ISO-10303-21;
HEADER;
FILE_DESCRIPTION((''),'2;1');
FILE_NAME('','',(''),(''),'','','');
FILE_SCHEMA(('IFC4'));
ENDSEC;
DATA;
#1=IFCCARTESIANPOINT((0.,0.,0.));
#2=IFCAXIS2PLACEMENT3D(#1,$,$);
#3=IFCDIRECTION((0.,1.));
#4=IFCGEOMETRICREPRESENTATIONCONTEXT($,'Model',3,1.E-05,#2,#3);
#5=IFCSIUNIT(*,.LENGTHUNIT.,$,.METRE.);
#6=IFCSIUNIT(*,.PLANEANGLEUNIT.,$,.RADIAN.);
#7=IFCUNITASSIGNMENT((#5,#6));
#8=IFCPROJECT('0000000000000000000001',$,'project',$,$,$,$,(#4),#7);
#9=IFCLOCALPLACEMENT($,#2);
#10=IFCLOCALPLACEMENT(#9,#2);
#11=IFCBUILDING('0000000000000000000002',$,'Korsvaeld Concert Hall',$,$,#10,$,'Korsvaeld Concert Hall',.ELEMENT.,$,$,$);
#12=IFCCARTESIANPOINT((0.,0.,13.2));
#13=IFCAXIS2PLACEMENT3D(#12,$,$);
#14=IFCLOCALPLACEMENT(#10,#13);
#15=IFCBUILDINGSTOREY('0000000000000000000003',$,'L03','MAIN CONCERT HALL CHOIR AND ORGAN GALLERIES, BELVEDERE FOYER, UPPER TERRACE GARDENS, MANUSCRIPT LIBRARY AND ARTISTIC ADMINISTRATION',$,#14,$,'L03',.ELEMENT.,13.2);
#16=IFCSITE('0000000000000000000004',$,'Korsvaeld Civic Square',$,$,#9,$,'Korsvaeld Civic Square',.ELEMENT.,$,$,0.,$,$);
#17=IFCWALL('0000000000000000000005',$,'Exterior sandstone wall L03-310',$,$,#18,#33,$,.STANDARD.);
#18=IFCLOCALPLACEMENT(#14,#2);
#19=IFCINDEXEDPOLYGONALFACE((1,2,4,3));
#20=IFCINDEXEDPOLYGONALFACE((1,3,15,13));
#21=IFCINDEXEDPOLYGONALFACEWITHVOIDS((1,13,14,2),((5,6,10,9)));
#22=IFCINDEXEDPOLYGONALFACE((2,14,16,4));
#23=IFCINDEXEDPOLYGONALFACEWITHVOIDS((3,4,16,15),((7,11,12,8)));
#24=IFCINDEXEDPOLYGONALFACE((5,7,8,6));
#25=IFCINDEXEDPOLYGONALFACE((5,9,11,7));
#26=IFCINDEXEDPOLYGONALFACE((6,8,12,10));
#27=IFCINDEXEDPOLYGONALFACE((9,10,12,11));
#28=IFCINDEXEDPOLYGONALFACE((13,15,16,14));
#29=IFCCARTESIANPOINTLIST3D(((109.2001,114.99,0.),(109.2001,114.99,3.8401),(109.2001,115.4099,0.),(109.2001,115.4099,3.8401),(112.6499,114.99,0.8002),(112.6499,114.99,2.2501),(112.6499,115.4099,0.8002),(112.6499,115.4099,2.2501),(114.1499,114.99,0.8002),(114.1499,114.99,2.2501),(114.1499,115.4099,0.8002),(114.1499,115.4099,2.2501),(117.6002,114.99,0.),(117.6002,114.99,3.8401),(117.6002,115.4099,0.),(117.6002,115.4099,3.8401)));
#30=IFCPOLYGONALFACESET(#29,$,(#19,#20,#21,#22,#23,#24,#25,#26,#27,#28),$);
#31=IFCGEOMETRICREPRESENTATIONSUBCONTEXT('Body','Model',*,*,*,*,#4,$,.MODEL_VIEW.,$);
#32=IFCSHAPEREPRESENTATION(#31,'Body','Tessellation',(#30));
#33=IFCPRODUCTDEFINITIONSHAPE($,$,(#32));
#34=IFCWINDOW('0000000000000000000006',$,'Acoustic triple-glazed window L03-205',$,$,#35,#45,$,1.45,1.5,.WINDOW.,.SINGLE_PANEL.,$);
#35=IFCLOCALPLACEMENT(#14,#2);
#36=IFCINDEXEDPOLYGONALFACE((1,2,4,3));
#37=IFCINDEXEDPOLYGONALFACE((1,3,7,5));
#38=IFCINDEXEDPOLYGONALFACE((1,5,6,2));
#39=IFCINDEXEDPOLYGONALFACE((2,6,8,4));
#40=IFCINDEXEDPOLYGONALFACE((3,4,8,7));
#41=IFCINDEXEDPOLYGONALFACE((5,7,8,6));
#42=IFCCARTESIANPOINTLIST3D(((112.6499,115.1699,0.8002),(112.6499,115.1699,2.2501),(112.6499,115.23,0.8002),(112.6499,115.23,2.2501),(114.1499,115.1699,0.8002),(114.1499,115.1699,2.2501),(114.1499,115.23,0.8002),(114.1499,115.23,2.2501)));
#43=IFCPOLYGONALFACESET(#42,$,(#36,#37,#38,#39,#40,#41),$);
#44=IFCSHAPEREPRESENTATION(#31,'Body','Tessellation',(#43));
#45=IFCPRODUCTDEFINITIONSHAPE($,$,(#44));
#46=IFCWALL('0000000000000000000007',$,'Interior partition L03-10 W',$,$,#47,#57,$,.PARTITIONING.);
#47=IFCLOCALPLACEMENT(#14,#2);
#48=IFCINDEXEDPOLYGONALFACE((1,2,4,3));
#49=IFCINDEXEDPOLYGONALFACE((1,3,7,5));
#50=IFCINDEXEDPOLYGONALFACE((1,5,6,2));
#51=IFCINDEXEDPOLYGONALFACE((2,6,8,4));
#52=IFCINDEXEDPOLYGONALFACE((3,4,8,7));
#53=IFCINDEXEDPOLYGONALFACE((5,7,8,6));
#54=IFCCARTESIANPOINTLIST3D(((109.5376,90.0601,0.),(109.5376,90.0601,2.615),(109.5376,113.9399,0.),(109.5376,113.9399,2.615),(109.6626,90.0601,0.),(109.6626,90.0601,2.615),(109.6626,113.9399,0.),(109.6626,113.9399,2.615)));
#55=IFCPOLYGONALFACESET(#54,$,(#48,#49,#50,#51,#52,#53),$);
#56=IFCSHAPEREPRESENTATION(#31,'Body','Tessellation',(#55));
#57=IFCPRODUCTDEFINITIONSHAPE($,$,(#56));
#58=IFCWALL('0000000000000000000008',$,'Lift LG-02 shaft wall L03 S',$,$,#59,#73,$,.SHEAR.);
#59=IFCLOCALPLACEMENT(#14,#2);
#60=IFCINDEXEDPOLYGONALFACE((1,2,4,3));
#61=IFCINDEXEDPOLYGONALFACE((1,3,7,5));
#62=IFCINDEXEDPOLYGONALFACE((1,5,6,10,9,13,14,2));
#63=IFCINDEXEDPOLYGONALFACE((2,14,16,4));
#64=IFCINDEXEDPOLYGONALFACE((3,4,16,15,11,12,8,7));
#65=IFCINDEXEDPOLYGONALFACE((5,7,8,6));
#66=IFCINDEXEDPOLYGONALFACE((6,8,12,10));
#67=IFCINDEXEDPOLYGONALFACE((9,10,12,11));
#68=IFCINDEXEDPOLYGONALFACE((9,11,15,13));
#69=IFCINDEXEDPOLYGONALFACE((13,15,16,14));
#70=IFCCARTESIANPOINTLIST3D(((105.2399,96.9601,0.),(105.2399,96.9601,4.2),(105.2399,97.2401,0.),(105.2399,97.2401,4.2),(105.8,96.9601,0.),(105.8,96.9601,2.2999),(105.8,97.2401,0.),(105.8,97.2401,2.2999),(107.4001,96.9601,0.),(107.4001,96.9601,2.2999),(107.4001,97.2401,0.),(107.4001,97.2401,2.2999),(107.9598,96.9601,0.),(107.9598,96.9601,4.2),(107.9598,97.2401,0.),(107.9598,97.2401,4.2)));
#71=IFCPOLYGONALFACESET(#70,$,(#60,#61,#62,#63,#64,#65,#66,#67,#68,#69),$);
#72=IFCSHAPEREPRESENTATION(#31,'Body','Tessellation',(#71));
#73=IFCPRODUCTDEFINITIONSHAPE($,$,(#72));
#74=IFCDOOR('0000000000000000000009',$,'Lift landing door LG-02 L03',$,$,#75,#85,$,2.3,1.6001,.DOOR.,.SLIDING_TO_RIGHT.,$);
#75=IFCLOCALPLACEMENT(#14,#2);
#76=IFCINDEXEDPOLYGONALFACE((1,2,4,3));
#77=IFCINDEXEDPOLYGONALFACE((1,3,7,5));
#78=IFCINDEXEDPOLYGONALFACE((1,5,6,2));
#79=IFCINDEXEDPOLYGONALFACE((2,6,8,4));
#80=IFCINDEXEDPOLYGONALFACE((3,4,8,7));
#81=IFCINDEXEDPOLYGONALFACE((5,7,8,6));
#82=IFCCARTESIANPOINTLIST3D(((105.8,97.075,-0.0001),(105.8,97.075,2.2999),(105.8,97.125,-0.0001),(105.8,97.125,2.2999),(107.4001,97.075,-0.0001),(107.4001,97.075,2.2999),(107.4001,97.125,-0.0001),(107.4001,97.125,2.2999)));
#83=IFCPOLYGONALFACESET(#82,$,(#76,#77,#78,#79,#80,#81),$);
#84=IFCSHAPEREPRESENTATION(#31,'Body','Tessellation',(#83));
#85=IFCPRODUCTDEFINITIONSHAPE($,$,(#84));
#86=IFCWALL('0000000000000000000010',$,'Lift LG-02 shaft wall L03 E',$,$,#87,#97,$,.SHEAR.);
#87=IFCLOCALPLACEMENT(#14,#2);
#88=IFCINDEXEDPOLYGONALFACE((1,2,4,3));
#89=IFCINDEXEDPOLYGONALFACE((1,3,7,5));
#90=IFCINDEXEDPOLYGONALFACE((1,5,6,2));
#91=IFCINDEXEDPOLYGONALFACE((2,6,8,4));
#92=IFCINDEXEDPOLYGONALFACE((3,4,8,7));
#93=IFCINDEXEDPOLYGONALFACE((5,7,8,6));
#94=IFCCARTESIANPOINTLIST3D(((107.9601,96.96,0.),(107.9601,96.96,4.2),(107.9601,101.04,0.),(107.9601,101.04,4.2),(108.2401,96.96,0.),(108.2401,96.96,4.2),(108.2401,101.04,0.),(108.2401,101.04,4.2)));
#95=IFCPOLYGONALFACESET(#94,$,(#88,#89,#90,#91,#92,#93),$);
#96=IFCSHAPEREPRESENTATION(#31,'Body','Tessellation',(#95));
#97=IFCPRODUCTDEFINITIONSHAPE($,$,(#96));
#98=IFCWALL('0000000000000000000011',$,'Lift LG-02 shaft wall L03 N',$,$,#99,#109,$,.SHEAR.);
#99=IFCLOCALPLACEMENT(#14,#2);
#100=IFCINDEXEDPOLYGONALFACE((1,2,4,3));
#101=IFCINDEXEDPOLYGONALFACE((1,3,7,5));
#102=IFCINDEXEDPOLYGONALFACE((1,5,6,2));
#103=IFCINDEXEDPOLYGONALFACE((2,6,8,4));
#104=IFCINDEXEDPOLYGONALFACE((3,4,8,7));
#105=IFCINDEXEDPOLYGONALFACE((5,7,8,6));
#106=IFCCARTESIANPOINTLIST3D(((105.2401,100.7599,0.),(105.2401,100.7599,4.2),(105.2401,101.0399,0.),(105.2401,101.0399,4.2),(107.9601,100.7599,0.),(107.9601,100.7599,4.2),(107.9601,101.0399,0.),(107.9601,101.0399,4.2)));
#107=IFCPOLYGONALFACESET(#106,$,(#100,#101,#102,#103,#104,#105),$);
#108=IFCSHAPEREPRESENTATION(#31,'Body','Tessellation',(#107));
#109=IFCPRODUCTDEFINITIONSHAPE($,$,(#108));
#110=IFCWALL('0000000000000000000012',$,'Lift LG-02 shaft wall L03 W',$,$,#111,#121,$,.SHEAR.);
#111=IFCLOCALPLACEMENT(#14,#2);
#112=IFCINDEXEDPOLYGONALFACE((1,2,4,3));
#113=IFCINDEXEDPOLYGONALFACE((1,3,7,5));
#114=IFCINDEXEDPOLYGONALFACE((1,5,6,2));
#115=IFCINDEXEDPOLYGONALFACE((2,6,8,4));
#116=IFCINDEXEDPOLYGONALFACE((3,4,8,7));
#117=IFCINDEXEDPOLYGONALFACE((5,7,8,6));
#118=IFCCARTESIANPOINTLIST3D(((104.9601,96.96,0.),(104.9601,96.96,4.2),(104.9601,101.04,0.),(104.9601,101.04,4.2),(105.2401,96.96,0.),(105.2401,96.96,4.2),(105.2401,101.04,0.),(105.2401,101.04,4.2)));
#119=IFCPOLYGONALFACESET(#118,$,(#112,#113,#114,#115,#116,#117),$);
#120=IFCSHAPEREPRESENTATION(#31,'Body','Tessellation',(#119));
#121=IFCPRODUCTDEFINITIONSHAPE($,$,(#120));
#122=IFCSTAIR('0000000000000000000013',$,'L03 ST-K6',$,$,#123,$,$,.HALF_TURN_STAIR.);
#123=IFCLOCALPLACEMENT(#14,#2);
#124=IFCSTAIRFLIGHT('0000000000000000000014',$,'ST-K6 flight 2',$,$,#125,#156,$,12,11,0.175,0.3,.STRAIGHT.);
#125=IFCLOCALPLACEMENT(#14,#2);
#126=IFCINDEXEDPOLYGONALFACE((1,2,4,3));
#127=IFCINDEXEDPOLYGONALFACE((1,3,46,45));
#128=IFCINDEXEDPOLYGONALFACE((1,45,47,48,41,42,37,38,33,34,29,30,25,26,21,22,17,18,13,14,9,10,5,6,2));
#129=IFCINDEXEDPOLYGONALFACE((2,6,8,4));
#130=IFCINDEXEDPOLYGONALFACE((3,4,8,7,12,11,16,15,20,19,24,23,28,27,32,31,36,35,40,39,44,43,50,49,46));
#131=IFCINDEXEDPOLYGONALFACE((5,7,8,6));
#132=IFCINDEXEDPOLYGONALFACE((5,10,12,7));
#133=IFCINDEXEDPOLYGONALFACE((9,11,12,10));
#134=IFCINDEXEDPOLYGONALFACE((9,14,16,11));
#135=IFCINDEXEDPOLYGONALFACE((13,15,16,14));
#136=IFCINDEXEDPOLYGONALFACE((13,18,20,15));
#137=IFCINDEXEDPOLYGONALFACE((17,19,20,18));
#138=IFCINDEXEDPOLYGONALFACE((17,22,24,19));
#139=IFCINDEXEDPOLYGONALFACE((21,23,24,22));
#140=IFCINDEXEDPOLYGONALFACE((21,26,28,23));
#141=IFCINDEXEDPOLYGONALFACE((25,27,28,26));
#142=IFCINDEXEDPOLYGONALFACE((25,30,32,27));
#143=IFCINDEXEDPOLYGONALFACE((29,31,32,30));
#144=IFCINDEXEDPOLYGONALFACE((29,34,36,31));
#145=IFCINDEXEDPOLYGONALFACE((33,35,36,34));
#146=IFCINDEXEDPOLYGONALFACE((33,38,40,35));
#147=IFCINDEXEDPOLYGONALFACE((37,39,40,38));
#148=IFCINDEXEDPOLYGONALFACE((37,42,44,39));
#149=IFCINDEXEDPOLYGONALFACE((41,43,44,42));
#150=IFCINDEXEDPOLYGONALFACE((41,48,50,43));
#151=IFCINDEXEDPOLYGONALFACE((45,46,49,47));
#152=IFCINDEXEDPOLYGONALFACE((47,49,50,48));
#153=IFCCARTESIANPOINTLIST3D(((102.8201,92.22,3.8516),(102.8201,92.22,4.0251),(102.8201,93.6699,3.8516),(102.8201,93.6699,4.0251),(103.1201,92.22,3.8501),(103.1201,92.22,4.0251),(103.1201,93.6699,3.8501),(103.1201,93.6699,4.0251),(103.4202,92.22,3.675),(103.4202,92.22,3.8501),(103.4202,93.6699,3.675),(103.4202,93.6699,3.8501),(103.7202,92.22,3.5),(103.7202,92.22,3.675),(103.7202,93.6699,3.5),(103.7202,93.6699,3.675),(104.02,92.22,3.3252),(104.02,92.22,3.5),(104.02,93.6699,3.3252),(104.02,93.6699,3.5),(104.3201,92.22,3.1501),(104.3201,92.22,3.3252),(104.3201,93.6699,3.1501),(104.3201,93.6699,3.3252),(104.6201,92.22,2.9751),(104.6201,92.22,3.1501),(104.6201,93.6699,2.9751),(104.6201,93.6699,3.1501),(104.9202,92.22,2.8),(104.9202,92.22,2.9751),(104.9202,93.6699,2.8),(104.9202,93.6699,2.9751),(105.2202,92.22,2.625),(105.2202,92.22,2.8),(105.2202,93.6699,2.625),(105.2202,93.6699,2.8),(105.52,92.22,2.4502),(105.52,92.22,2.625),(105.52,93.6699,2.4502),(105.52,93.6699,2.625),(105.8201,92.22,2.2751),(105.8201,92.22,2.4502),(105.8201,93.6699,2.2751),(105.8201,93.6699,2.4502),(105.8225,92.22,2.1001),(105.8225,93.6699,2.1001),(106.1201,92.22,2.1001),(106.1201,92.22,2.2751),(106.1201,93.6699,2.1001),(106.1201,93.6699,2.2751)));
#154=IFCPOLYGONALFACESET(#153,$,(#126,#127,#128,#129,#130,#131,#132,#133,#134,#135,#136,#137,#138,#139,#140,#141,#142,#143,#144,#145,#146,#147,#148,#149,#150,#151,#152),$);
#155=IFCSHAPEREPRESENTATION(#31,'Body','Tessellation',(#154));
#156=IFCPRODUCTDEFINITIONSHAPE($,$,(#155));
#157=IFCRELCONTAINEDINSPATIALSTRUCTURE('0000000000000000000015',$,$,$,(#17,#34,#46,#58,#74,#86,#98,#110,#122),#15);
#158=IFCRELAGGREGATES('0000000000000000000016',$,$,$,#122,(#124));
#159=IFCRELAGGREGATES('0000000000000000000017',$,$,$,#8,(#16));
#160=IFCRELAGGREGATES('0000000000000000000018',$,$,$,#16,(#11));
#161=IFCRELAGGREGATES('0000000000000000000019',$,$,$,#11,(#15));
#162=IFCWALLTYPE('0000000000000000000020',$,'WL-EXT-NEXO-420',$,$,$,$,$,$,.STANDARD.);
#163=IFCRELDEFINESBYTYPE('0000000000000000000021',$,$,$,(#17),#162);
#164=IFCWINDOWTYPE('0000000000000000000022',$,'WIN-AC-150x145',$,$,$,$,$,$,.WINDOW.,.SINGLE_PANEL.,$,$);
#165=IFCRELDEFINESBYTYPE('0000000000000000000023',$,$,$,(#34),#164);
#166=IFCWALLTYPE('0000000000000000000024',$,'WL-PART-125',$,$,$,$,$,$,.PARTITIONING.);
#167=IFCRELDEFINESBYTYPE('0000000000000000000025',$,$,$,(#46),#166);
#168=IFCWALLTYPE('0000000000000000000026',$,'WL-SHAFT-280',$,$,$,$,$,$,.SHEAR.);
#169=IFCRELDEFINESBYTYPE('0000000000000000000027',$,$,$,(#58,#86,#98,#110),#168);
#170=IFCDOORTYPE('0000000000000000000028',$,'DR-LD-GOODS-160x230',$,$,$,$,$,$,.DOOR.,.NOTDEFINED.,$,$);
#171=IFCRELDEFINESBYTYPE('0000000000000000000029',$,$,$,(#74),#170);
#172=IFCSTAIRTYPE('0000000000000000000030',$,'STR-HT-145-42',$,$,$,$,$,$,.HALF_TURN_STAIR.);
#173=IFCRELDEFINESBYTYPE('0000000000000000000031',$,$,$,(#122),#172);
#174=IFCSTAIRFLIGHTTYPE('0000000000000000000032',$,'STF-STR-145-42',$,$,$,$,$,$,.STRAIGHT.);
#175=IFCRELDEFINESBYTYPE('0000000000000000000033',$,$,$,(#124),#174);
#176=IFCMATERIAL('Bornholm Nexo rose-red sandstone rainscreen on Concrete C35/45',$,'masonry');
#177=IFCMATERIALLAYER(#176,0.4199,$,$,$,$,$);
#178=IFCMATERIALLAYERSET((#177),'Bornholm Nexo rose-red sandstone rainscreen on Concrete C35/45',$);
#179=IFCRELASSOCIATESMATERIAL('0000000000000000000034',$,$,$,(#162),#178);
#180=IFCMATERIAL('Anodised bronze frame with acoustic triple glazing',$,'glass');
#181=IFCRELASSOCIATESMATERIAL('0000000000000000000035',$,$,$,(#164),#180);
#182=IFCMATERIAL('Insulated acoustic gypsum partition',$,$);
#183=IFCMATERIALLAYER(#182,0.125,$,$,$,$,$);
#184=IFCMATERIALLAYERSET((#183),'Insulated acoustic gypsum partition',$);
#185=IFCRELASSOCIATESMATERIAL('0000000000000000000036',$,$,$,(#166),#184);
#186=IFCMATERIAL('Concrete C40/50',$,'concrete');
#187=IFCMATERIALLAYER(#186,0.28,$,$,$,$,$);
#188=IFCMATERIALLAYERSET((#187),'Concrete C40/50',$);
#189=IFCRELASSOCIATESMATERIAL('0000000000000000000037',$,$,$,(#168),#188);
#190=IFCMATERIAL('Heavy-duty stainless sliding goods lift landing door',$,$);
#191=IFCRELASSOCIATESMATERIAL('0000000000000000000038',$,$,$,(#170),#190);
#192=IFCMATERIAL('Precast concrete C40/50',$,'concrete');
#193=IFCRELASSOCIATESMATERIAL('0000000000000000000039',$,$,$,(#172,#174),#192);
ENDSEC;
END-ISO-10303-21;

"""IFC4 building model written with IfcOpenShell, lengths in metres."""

from ifc_helpers import new_model, si_unit, direction, frame, frame_2d, origin, place, context, subcontext, project, spatial, polyline, rectangle, outline, extrude, material, layer, layer_set, type_object, element, fill, aggregate, save


model = new_model("IFC4")

# Units and contexts
model_context = context("Model", 3, precision=1e-05, world=origin(), true_north=direction((0.0, 1.0)))
body_context = subcontext(model_context, "Body", "Model", "MODEL_VIEW")
ifc_project = project(units=[si_unit("LENGTHUNIT", "METRE"), si_unit("PLANEANGLEUNIT", "RADIAN")], contexts=[model_context])

# Site, building, storey
site_placement = place(None, origin())
site = spatial("IfcSite", under=ifc_project, at=site_placement, Name="Korsvaeld Civic Square", LongName="Korsvaeld Civic Square", CompositionType="ELEMENT", RefElevation=0.0)
building_placement = place(site_placement, origin())
building = spatial("IfcBuilding", under=site, at=building_placement, Name="Korsvaeld Concert Hall", LongName="Korsvaeld Concert Hall", CompositionType="ELEMENT")
storey_placement = place(building_placement, frame((0.0, 0.0, 13.2)))
storey = spatial("IfcBuildingStorey", under=building, at=storey_placement, Name="L03", Description="MAIN CONCERT HALL CHOIR AND ORGAN GALLERIES, BELVEDERE FOYER, UPPER TERRACE GARDENS, MANUSCRIPT LIBRARY AND ARTISTIC ADMINISTRATION", LongName="L03", CompositionType="ELEMENT", Elevation=13.2)

# Shared definitions
ifc_material_1 = material(Name="Concrete C40/50", Category="concrete")

# Wall, opening, window
ifc_material_2 = material(Name="Bornholm Nexo rose-red sandstone rainscreen on Concrete C35/45", Category="masonry")
ifc_layer_1 = layer(ifc_material_2, 0.4199)
ifc_layer_set_1 = layer_set([ifc_layer_1], Name="Bornholm Nexo rose-red sandstone rainscreen on Concrete C35/45")
wall_type_1 = type_object("IfcWallType", Name="WL-EXT-NEXO-420", PredefinedType="STANDARD", material=ifc_layer_set_1)
wall_1_placement = place(storey_placement, frame((109.2, 115.2, 0.0), z_axis=(0.0, 0.0, 1.0), x_axis=(1.0, 0.0, 0.0)))
wall_1 = element("IfcWall", 1, at=wall_1_placement, inside=storey, type_object=wall_type_1, Name="Exterior sandstone wall L03-310", PredefinedType="STANDARD", context=body_context, shape_type="SweptSolid", body=[
    extrude(rectangle(XDim=8.4001, YDim=0.4199, at=frame_2d((4.2002, 0.0))), origin(), (0.0, 0.0, 1.0), 3.8401),
])
opening_1_placement = place(wall_1_placement, frame((3.45, 0.0, 0.8)))
opening_1 = element("IfcOpeningElement", 2, at=opening_1_placement, cuts=wall_1, PredefinedType="OPENING", context=body_context, shape_type="SweptSolid", body=[
    extrude(rectangle(XDim=1.5, YDim=1.45, at=frame_2d((0.75, 0.7251))), frame((0.0, 0.22, 0.0), z_axis=(0.0, -1.0, 0.0), x_axis=(1.0, 0.0, 0.0)), (0.0, 0.0, 1.0), 0.4399),
])
ifc_material_3 = material(Name="Anodised bronze frame with acoustic triple glazing", Category="glass")
window_type = type_object("IfcWindowType", Name="WIN-AC-150x145", PartitioningType="SINGLE_PANEL", PredefinedType="WINDOW", material=ifc_material_3)
window_placement = place(opening_1_placement, origin())
window = element("IfcWindow", 3, at=window_placement, inside=storey, type_object=window_type, Name="Acoustic triple-glazed window L03-205", OverallHeight=1.45, OverallWidth=1.5, PartitioningType="SINGLE_PANEL", PredefinedType="WINDOW", context=body_context, shape_type="SweptSolid", body=[
    extrude(rectangle(XDim=1.5, YDim=1.45, at=frame_2d((0.75, 0.7251))), frame((0.0, 0.03, 0.0), z_axis=(0.0, -1.0, 0.0), x_axis=(1.0, 0.0, 0.0)), (0.0, 0.0, 1.0), 0.0601),
])
fill(opening_1, window)

# Wall
ifc_material_4 = material(Name="Insulated acoustic gypsum partition")
ifc_layer_2 = layer(ifc_material_4, 0.125)
ifc_layer_set_2 = layer_set([ifc_layer_2], Name="Insulated acoustic gypsum partition")
wall_type_2 = type_object("IfcWallType", Name="WL-PART-125", PredefinedType="PARTITIONING", material=ifc_layer_set_2)
wall_2_placement = place(storey_placement, frame((109.6001, 113.9399, 0.0), z_axis=(0.0, 0.0, 1.0), x_axis=(0.0, -1.0, 0.0)))
element("IfcWall", 4, at=wall_2_placement, inside=storey, type_object=wall_type_2, Name="Interior partition L03-10 W", PredefinedType="PARTITIONING", context=body_context, shape_type="SweptSolid", body=[
    extrude(rectangle(XDim=23.8799, YDim=0.125, at=frame_2d((11.9399, 0.0))), origin(), (0.0, 0.0, 1.0), 2.615),
])

# Wall, opening, door
ifc_layer_3 = layer(ifc_material_1, 0.28)
ifc_layer_set_3 = layer_set([ifc_layer_3], Name="Concrete C40/50")
wall_type_3 = type_object("IfcWallType", Name="WL-SHAFT-280", PredefinedType="SHEAR", material=ifc_layer_set_3)
wall_3_placement = place(storey_placement, frame((105.24, 97.1001, 0.0), z_axis=(0.0, 0.0, 1.0), x_axis=(1.0, 0.0, 0.0)))
wall_3 = element("IfcWall", 5, at=wall_3_placement, inside=storey, type_object=wall_type_3, Name="Lift LG-02 shaft wall L03 S", PredefinedType="SHEAR", context=body_context, shape_type="SweptSolid", body=[
    extrude(rectangle(XDim=2.72, YDim=0.28, at=frame_2d((1.3599, 0.0))), origin(), (0.0, 0.0, 1.0), 4.2),
])
opening_2_placement = place(wall_3_placement, frame((0.5601, 0.0, 0.0)))
opening_2 = element("IfcOpeningElement", 6, at=opening_2_placement, cuts=wall_3, PredefinedType="OPENING", context=body_context, shape_type="SweptSolid", body=[
    extrude(rectangle(XDim=1.6001, YDim=2.3, at=frame_2d((0.8, 1.1499))), frame((0.0, 0.1499, 0.0), z_axis=(0.0, -1.0, 0.0), x_axis=(1.0, 0.0, 0.0)), (0.0, 0.0, 1.0), 0.3),
])
ifc_material_5 = material(Name="Heavy-duty stainless sliding goods lift landing door")
door_type = type_object("IfcDoorType", Name="DR-LD-GOODS-160x230", OperationType="NOTDEFINED", PredefinedType="DOOR", material=ifc_material_5)
door_placement = place(opening_2_placement, origin())
door = element("IfcDoor", 7, at=door_placement, inside=storey, type_object=door_type, Name="Lift landing door LG-02 L03", OperationType="SLIDING_TO_RIGHT", OverallHeight=2.3, OverallWidth=1.6001, PredefinedType="DOOR", context=body_context, shape_type="SweptSolid", body=[
    extrude(rectangle(XDim=1.6001, YDim=2.3, at=frame_2d((0.8, 1.1499))), frame((0.0, 0.0249, 0.0), z_axis=(0.0, -1.0, 0.0), x_axis=(1.0, 0.0, 0.0)), (0.0, 0.0, 1.0), 0.05),
])
fill(opening_2, door)

# Walls
wall_4_placement = place(storey_placement, frame((108.1001, 96.96, 0.0), z_axis=(0.0, 0.0, 1.0), x_axis=(0.0, 1.0, 0.0)))
element("IfcWall", 8, at=wall_4_placement, inside=storey, type_object=wall_type_3, Name="Lift LG-02 shaft wall L03 E", PredefinedType="SHEAR", context=body_context, shape_type="SweptSolid", body=[
    extrude(rectangle(XDim=4.0801, YDim=0.28, at=frame_2d((2.04, 0.0))), origin(), (0.0, 0.0, 1.0), 4.2),
])
wall_5_placement = place(storey_placement, frame((107.96, 100.8999, 0.0), z_axis=(0.0, 0.0, 1.0), x_axis=(-1.0, 0.0, 0.0)))
element("IfcWall", 9, at=wall_5_placement, inside=storey, type_object=wall_type_3, Name="Lift LG-02 shaft wall L03 N", PredefinedType="SHEAR", context=body_context, shape_type="SweptSolid", body=[
    extrude(rectangle(XDim=2.72, YDim=0.28, at=frame_2d((1.3599, 0.0))), origin(), (0.0, 0.0, 1.0), 4.2),
])
wall_6_placement = place(storey_placement, frame((105.1001, 101.04, 0.0), z_axis=(0.0, 0.0, 1.0), x_axis=(0.0, -1.0, 0.0)))
element("IfcWall", 10, at=wall_6_placement, inside=storey, type_object=wall_type_3, Name="Lift LG-02 shaft wall L03 W", PredefinedType="SHEAR", context=body_context, shape_type="SweptSolid", body=[
    extrude(rectangle(XDim=4.0801, YDim=0.28, at=frame_2d((2.04, 0.0))), origin(), (0.0, 0.0, 1.0), 4.2),
])

# Stair, stair flight
ifc_material_6 = material(Name="Precast concrete C40/50", Category="concrete")
stair_type = type_object("IfcStairType", Name="STR-HT-145-42", PredefinedType="HALF_TURN_STAIR", material=ifc_material_6)
stair_placement = place(storey_placement, origin())
stair = element("IfcStair", 11, at=stair_placement, inside=storey, type_object=stair_type, Name="L03 ST-K6", PredefinedType="HALF_TURN_STAIR")
stair_flight_type = type_object("IfcStairFlightType", Name="STF-STR-145-42", PredefinedType="STRAIGHT", material=ifc_material_6)
stair_flight_placement = place(storey_placement, frame((106.1201, 92.9451, 2.1001), z_axis=(0.0, 0.0, 1.0), x_axis=(-1.0, 0.0, 0.0)))
stair_flight = element("IfcStairFlight", 12, at=stair_flight_placement, type_object=stair_flight_type, Name="ST-K6 flight 2", NumberOfRisers=12, NumberOfTreads=11, PredefinedType="STRAIGHT", RiserHeight=0.175, TreadLength=0.3, context=body_context, shape_type="SweptSolid", body=[
    extrude(outline(polyline([(0.0, 0.0), (0.0, 0.175), (0.3, 0.175), (0.3, 0.3501), (0.6001, 0.3501), (0.6001, 0.5249), (0.8999, 0.5249), (0.8999, 0.7), (1.2, 0.7), (1.2, 0.875), (1.5, 0.875), (1.5, 1.05), (1.8, 1.05), (1.8, 1.2251), (2.1001, 1.2251), (2.1001, 1.3999), (2.3999, 1.3999), (2.3999, 1.575), (2.7, 1.575), (2.7, 1.75), (3.0, 1.75), (3.0, 1.925), (3.3, 1.925), (3.3, 2.1001), (3.3, 1.7515), (0.2976, 0.0), (0.0, 0.0)])), frame((0.0, 0.7251, 0.0), z_axis=(0.0, -1.0, 0.0), x_axis=(1.0, 0.0, 0.0)), (0.0, 0.0, 1.0), 1.45),
])
aggregate(stair, [stair_flight])

save(model, "model.ifc")
